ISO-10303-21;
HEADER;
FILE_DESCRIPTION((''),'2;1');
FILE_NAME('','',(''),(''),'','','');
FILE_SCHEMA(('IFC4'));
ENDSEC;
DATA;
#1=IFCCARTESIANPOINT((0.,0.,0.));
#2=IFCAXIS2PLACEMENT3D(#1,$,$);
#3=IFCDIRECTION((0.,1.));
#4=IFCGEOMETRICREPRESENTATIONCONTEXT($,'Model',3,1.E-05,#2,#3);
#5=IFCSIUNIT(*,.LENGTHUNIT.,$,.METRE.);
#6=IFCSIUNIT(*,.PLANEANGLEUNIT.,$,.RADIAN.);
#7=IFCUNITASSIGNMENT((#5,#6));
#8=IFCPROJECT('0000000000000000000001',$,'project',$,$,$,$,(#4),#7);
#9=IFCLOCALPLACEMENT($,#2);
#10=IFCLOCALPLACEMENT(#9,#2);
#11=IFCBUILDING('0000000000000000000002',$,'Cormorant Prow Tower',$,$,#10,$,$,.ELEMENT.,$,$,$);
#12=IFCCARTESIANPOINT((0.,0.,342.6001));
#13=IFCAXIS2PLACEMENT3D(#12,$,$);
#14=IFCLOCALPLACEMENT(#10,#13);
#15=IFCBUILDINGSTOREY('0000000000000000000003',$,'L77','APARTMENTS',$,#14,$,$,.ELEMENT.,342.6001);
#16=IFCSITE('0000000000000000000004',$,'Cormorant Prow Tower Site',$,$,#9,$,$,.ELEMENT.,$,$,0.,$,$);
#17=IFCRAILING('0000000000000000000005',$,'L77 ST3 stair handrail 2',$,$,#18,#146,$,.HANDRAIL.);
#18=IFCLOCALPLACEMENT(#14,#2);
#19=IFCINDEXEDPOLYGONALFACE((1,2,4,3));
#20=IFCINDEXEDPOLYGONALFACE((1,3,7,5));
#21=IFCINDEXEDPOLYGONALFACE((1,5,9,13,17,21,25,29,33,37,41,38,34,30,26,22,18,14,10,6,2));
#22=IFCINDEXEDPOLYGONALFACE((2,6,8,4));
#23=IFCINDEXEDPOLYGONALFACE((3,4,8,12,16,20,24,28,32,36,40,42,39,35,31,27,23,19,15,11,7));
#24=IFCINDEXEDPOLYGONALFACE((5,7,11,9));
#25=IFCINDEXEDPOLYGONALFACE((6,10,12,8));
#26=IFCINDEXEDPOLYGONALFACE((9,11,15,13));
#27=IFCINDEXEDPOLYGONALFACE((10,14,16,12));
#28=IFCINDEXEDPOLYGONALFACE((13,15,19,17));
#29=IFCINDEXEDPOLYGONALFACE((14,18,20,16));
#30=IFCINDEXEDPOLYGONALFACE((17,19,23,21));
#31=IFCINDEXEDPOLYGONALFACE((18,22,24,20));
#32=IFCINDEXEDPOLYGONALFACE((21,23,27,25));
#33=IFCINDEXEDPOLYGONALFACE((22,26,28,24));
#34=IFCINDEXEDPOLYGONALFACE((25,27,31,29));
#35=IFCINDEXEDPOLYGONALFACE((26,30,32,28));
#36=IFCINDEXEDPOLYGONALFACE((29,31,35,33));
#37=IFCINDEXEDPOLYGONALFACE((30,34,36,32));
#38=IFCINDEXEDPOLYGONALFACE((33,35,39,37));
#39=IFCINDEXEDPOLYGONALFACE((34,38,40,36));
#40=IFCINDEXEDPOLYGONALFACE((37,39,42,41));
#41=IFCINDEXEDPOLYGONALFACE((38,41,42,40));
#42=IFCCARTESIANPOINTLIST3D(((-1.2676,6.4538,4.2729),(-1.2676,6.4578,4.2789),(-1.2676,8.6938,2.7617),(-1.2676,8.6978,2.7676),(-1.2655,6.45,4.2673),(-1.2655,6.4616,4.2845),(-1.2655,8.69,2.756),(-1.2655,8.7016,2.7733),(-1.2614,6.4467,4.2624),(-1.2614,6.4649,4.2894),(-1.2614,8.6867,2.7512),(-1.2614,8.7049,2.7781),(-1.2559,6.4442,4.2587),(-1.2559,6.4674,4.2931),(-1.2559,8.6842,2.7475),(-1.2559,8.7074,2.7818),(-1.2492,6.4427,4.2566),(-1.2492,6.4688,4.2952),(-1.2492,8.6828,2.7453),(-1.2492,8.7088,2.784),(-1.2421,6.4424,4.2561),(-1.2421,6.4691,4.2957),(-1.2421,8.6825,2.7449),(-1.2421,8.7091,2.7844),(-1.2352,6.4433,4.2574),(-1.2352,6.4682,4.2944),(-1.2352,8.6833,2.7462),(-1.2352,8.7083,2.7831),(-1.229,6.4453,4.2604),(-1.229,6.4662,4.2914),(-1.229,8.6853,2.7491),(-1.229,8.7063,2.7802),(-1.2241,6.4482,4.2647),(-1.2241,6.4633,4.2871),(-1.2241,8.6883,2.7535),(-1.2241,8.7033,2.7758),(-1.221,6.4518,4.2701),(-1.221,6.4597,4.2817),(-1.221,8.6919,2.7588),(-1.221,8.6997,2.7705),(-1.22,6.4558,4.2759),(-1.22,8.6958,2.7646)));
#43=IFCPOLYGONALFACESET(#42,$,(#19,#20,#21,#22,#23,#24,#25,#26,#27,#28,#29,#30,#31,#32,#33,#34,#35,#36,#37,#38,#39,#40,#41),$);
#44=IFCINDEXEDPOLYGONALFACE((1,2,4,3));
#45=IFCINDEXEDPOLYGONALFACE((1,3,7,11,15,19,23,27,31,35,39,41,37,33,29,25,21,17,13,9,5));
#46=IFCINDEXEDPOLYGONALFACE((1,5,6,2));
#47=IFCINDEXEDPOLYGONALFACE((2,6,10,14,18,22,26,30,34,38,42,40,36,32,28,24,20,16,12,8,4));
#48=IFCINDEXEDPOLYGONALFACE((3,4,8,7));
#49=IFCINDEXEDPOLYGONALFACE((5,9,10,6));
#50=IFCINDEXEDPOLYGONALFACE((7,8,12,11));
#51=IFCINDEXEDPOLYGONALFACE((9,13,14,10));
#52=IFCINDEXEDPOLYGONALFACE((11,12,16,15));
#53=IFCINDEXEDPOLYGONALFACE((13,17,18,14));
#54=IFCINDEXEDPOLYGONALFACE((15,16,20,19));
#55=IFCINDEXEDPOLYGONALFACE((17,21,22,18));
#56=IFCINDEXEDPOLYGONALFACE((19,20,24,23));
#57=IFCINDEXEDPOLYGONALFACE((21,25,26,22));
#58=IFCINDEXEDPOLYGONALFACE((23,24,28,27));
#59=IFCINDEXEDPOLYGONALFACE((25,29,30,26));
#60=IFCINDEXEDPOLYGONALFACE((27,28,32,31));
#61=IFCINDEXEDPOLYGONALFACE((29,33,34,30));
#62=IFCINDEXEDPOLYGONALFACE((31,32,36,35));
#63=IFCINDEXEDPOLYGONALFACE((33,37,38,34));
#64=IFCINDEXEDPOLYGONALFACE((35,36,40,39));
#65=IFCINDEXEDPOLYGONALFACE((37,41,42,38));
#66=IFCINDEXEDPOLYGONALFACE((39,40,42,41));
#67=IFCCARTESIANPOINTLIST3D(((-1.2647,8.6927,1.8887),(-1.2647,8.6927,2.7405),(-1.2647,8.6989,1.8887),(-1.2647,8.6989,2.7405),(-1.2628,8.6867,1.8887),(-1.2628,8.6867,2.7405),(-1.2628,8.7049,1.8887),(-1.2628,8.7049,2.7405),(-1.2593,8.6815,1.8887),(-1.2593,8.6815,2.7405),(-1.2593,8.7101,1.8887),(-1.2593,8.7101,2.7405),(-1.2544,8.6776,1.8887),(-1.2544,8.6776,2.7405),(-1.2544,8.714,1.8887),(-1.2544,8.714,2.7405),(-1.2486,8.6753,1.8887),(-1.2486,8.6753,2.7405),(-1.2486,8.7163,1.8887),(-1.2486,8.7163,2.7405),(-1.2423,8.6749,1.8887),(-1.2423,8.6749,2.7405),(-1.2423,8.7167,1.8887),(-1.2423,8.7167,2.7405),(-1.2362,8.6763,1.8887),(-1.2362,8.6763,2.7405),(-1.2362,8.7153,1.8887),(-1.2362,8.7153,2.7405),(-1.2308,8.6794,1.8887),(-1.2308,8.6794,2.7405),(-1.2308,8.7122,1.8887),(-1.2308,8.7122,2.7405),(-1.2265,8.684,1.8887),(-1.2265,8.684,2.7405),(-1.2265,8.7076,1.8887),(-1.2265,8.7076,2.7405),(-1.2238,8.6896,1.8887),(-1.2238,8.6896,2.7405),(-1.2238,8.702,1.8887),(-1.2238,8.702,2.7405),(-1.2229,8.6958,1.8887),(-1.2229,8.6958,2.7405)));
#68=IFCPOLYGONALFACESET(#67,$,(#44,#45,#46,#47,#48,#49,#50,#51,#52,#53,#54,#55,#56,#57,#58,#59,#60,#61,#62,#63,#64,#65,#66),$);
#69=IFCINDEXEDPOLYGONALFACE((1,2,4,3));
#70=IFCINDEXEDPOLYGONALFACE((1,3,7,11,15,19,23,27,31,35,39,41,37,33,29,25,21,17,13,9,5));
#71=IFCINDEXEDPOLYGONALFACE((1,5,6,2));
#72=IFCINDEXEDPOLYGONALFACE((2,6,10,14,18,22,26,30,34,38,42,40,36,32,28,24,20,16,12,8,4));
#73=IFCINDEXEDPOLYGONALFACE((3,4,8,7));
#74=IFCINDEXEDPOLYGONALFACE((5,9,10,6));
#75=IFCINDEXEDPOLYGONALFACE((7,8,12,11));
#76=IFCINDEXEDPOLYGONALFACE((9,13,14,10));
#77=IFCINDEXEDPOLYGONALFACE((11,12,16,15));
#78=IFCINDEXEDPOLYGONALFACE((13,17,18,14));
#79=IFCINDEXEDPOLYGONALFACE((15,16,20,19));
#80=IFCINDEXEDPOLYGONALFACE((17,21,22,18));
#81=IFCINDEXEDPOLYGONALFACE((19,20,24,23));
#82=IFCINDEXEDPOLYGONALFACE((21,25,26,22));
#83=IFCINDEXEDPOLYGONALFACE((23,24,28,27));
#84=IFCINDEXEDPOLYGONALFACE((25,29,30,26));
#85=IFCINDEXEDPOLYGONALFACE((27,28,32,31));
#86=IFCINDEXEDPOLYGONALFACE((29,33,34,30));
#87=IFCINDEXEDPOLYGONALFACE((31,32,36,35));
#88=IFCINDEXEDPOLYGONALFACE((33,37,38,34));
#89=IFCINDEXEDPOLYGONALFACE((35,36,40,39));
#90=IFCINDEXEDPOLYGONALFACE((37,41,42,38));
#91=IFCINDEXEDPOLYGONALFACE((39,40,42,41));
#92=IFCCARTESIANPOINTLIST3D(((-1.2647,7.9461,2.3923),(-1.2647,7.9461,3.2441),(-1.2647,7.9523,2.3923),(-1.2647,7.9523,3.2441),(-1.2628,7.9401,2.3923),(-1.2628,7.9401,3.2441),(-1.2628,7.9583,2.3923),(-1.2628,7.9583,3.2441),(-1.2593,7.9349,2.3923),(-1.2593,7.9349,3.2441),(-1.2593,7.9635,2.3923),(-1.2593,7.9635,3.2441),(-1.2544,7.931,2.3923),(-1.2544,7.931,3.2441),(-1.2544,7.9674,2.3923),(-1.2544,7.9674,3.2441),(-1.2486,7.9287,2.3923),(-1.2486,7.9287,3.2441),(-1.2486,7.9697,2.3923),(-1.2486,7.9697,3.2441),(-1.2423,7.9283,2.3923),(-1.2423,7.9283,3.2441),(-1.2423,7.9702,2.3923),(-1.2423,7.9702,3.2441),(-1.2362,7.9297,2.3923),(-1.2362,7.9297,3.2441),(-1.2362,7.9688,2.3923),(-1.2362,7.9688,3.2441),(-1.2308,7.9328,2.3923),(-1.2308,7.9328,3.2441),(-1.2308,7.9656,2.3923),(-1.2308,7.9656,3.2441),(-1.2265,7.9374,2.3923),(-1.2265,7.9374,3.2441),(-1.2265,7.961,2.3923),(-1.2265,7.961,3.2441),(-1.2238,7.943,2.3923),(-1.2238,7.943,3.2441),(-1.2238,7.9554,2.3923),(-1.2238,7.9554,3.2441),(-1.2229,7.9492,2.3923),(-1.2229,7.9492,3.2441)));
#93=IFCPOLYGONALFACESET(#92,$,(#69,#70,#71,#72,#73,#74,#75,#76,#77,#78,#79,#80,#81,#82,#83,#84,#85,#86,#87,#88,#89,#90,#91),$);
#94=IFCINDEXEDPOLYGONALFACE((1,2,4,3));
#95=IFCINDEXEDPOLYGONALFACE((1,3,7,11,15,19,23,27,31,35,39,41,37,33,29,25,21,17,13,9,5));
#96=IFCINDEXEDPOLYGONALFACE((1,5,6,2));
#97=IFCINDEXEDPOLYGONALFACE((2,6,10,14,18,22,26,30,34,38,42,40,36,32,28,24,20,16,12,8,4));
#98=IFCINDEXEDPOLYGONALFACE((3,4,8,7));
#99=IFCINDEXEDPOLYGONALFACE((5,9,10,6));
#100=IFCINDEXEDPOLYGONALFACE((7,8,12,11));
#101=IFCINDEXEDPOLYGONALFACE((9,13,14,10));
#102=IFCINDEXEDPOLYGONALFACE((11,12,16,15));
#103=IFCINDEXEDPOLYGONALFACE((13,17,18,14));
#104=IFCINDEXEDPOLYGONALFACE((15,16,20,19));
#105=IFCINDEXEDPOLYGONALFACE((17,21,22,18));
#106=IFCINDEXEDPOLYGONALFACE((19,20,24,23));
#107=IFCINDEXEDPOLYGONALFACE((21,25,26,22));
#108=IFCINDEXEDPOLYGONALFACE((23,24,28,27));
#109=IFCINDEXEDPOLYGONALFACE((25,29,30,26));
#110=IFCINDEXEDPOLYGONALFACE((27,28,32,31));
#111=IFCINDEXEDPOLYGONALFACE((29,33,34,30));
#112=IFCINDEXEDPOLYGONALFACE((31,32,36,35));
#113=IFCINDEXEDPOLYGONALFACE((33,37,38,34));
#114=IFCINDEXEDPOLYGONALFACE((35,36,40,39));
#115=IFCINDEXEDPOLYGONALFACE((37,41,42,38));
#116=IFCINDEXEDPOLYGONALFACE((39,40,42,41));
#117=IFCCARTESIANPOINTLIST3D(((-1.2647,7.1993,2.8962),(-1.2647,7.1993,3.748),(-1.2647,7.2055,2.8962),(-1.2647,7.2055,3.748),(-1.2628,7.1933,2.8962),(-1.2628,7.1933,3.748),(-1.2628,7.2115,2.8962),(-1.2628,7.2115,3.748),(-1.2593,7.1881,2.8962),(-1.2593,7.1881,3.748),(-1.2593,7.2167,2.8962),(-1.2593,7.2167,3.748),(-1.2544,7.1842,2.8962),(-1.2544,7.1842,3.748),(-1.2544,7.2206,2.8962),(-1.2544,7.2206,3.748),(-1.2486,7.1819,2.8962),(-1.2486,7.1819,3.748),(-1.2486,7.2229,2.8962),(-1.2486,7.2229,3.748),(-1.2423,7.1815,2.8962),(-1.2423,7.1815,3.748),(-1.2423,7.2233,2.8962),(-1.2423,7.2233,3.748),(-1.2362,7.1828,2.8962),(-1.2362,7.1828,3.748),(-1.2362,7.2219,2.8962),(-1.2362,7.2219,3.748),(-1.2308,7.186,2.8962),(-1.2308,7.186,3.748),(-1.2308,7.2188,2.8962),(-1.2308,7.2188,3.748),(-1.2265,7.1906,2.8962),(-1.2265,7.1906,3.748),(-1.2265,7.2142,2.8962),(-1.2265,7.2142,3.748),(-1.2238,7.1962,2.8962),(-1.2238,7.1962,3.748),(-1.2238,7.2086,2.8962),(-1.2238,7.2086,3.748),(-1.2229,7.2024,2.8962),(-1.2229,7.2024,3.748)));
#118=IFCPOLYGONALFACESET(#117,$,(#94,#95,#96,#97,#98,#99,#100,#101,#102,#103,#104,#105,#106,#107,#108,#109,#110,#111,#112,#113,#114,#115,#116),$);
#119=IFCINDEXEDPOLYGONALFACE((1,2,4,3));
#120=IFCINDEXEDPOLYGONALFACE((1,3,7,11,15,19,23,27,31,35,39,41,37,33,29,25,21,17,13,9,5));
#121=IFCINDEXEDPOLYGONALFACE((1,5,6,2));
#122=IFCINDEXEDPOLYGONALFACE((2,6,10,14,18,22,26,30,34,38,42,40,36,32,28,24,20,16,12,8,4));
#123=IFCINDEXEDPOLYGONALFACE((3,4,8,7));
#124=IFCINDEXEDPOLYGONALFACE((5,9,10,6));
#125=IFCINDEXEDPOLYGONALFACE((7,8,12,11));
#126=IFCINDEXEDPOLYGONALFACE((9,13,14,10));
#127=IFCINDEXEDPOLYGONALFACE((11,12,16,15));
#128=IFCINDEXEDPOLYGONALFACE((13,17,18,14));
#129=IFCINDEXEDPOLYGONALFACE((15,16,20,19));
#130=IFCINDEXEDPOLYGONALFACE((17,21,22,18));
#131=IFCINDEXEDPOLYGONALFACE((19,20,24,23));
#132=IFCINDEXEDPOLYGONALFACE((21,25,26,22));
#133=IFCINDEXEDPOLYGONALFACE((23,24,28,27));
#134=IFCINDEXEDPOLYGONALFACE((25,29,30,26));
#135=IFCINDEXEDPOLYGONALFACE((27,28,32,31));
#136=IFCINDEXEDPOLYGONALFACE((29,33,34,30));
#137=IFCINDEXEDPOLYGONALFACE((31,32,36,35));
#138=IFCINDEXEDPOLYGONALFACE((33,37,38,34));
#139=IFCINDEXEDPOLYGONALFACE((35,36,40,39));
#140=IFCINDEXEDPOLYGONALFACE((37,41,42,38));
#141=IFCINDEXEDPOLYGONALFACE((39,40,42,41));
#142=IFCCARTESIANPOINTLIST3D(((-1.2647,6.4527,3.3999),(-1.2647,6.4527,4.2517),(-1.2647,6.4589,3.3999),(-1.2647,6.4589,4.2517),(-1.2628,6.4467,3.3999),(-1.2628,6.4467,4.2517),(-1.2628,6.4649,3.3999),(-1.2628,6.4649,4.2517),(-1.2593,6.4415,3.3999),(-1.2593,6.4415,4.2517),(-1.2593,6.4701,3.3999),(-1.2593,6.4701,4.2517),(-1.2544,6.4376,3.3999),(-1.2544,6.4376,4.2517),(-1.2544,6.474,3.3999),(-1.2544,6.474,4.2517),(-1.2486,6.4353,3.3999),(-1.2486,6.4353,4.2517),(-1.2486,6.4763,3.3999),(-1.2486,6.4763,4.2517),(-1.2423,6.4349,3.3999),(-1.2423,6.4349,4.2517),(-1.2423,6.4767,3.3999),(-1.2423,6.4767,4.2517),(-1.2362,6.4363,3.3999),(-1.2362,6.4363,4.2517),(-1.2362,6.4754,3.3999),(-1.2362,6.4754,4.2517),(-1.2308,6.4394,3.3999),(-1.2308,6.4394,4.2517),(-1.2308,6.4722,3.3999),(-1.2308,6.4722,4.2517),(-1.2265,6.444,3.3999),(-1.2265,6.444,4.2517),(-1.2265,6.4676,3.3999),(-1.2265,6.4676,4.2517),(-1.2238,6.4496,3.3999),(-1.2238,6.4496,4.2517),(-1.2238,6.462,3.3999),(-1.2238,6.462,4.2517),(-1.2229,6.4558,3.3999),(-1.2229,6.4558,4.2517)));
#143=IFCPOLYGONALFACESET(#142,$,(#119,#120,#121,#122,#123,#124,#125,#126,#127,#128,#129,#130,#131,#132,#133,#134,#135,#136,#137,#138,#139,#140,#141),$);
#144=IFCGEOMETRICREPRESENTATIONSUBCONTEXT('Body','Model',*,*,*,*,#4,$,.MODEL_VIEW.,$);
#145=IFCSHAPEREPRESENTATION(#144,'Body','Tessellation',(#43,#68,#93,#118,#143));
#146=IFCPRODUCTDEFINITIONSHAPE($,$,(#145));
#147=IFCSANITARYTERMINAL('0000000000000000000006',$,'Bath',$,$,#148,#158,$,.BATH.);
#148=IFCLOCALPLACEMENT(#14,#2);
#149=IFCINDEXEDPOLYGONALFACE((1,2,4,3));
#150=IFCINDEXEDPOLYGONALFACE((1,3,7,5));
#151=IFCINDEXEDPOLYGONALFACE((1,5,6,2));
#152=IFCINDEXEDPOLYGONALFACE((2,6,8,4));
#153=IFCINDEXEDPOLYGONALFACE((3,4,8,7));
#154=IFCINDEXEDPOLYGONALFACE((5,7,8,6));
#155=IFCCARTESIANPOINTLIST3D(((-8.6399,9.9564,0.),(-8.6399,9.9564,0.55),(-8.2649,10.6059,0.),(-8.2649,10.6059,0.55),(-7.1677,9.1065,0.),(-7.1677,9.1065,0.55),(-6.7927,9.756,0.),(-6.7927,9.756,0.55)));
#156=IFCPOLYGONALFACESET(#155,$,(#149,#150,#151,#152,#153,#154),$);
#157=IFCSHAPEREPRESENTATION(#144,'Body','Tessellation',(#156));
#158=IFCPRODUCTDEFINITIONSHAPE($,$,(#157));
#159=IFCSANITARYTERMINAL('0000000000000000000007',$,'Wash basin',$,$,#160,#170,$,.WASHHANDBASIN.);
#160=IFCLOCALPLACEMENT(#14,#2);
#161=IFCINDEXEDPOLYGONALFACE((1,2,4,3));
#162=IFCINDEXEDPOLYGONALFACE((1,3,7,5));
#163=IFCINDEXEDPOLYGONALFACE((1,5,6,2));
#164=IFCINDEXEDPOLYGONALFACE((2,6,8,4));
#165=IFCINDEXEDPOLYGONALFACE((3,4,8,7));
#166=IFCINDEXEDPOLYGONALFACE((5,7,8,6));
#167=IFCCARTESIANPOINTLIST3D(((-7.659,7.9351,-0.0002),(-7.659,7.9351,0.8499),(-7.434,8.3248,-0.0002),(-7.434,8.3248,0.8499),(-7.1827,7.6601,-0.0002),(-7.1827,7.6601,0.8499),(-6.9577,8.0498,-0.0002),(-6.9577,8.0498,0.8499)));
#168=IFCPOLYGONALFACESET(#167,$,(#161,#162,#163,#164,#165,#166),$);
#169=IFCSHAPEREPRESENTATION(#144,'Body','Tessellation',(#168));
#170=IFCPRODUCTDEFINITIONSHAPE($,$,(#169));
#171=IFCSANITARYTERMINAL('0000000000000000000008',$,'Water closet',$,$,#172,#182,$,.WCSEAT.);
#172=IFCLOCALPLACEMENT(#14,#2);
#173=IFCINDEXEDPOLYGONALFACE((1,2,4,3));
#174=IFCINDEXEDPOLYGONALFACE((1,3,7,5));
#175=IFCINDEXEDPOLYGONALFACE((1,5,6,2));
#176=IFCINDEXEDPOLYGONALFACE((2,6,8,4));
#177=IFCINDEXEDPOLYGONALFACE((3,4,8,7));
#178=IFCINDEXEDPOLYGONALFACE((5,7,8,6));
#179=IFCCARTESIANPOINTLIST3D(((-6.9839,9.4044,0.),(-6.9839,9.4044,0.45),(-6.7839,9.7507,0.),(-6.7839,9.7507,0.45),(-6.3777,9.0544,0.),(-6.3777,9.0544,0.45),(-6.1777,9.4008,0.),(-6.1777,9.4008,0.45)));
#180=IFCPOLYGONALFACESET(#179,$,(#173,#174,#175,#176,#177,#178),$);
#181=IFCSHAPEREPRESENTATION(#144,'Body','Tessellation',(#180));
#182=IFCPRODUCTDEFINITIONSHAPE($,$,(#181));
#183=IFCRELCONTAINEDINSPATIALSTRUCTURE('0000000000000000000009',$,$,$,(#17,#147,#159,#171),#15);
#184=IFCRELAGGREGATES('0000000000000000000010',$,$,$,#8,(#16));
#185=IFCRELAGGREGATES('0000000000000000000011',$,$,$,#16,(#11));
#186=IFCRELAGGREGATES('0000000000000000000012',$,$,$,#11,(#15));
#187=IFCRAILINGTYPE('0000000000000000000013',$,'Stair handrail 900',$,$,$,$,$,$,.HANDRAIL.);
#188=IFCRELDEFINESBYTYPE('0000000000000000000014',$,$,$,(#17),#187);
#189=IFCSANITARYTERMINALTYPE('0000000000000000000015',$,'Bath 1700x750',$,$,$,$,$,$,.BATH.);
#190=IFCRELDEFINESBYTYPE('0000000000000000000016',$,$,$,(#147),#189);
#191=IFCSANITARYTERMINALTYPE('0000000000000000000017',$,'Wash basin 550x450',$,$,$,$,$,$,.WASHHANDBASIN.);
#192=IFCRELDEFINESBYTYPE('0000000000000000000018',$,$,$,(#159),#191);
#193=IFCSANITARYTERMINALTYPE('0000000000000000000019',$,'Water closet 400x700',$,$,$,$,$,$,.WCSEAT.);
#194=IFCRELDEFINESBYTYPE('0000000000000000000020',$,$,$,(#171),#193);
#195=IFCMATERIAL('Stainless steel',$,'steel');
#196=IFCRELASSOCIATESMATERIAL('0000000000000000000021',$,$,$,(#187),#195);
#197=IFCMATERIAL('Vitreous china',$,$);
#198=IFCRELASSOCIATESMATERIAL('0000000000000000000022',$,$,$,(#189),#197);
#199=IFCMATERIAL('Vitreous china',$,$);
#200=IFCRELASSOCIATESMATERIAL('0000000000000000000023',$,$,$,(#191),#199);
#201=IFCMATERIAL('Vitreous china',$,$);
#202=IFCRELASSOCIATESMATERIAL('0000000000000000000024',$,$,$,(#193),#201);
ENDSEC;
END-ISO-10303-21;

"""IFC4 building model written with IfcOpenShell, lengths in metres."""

from ifc_helpers import new_model, si_unit, direction, frame, origin, origin_2d, place, context, subcontext, project, spatial, rectangle, circle, extrude, material, type_object, element, save


model = new_model("IFC4")

# Units and contexts
model_context = context("Model", 3, precision=1e-05, world=origin(), true_north=direction((0.0, 1.0)))
body_context = subcontext(model_context, "Body", "Model", "MODEL_VIEW")
ifc_project = project(units=[si_unit("LENGTHUNIT", "METRE"), si_unit("PLANEANGLEUNIT", "RADIAN")], contexts=[model_context])

# Site, building, storey
site_placement = place(None, origin())
site = spatial("IfcSite", under=ifc_project, at=site_placement, Name="Cormorant Prow Tower Site", CompositionType="ELEMENT", RefElevation=0.0)
building_placement = place(site_placement, origin())
building = spatial("IfcBuilding", under=site, at=building_placement, Name="Cormorant Prow Tower", CompositionType="ELEMENT")
storey_placement = place(building_placement, frame((0.0, 0.0, 342.6001)))
storey = spatial("IfcBuildingStorey", under=building, at=storey_placement, Name="L77", Description="APARTMENTS", CompositionType="ELEMENT", Elevation=342.6001)

# Railing
ifc_material_1 = material(Name="Stainless steel", Category="steel")
railing_type = type_object("IfcRailingType", Name="Stair handrail 900", PredefinedType="HANDRAIL", material=ifc_material_1)
railing_placement = place(storey_placement, frame((-1.2439, 8.6958, 1.8887)))
element("IfcRailing", 1, at=railing_placement, inside=storey, type_object=railing_type, Name="L77 ST3 stair handrail 2", PredefinedType="HANDRAIL", context=body_context, shape_type="SweptSolid", body=[
    extrude(circle(Radius=0.0239, at=origin_2d()), frame((0.0, 0.0, 0.876), z_axis=(0.0, -0.82898, 0.559279), x_axis=(1.0, 0.0, 0.0)), (0.0, 0.0, 1.0), 2.7021),
    extrude(circle(Radius=0.021, at=origin_2d()), origin(), (0.0, 0.0, 1.0), 0.8518),
    extrude(circle(Radius=0.021, at=origin_2d()), frame((0.0, -0.7466, 0.5037)), (0.0, 0.0, 1.0), 0.8518),
    extrude(circle(Radius=0.021, at=origin_2d()), frame((0.0, -1.4934, 1.0076)), (0.0, 0.0, 1.0), 0.8518),
    extrude(circle(Radius=0.021, at=origin_2d()), frame((0.0, -2.24, 1.5112)), (0.0, 0.0, 1.0), 0.8518),
])

# Sanitary terminals
ifc_material_2 = material(Name="Vitreous china")
sanitary_terminal_type_1 = type_object("IfcSanitaryTerminalType", Name="Bath 1700x750", PredefinedType="BATH", material=ifc_material_2)
sanitary_terminal_1_placement = place(storey_placement, frame((-7.7163, 9.8562, 0.0), z_axis=(0.0, 0.0, 1.0), x_axis=(0.866025, -0.5, 0.0)))
element("IfcSanitaryTerminal", 2, at=sanitary_terminal_1_placement, inside=storey, type_object=sanitary_terminal_type_1, Name="Bath", PredefinedType="BATH", context=body_context, shape_type="SweptSolid", body=[
    extrude(rectangle(XDim=1.7, YDim=0.75, at=origin_2d()), origin(), (0.0, 0.0, 1.0), 0.55),
])
ifc_material_3 = material(Name="Vitreous china")
sanitary_terminal_type_2 = type_object("IfcSanitaryTerminalType", Name="Wash basin 550x450", PredefinedType="WASHHANDBASIN", material=ifc_material_3)
sanitary_terminal_2_placement = place(storey_placement, frame((-7.3083, 7.9924, -0.0002), z_axis=(0.0, 0.0, 1.0), x_axis=(-0.866025, 0.5, 0.0)))
element("IfcSanitaryTerminal", 3, at=sanitary_terminal_2_placement, inside=storey, type_object=sanitary_terminal_type_2, Name="Wash basin", PredefinedType="WASHHANDBASIN", context=body_context, shape_type="SweptSolid", body=[
    extrude(rectangle(XDim=0.55, YDim=0.45, at=origin_2d()), origin(), (0.0, 0.0, 1.0), 0.8501),
])
ifc_material_4 = material(Name="Vitreous china")
sanitary_terminal_type_3 = type_object("IfcSanitaryTerminalType", Name="Water closet 400x700", PredefinedType="WCSEAT", material=ifc_material_4)
sanitary_terminal_3_placement = place(storey_placement, frame((-6.5808, 9.4026, 0.0), z_axis=(0.0, 0.0, 1.0), x_axis=(-0.5, -0.866025, 0.0)))
element("IfcSanitaryTerminal", 4, at=sanitary_terminal_3_placement, inside=storey, type_object=sanitary_terminal_type_3, Name="Water closet", PredefinedType="WCSEAT", context=body_context, shape_type="SweptSolid", body=[
    extrude(rectangle(XDim=0.3999, YDim=0.7, at=origin_2d()), origin(), (0.0, 0.0, 1.0), 0.45),
])

save(model, "model.ifc")
